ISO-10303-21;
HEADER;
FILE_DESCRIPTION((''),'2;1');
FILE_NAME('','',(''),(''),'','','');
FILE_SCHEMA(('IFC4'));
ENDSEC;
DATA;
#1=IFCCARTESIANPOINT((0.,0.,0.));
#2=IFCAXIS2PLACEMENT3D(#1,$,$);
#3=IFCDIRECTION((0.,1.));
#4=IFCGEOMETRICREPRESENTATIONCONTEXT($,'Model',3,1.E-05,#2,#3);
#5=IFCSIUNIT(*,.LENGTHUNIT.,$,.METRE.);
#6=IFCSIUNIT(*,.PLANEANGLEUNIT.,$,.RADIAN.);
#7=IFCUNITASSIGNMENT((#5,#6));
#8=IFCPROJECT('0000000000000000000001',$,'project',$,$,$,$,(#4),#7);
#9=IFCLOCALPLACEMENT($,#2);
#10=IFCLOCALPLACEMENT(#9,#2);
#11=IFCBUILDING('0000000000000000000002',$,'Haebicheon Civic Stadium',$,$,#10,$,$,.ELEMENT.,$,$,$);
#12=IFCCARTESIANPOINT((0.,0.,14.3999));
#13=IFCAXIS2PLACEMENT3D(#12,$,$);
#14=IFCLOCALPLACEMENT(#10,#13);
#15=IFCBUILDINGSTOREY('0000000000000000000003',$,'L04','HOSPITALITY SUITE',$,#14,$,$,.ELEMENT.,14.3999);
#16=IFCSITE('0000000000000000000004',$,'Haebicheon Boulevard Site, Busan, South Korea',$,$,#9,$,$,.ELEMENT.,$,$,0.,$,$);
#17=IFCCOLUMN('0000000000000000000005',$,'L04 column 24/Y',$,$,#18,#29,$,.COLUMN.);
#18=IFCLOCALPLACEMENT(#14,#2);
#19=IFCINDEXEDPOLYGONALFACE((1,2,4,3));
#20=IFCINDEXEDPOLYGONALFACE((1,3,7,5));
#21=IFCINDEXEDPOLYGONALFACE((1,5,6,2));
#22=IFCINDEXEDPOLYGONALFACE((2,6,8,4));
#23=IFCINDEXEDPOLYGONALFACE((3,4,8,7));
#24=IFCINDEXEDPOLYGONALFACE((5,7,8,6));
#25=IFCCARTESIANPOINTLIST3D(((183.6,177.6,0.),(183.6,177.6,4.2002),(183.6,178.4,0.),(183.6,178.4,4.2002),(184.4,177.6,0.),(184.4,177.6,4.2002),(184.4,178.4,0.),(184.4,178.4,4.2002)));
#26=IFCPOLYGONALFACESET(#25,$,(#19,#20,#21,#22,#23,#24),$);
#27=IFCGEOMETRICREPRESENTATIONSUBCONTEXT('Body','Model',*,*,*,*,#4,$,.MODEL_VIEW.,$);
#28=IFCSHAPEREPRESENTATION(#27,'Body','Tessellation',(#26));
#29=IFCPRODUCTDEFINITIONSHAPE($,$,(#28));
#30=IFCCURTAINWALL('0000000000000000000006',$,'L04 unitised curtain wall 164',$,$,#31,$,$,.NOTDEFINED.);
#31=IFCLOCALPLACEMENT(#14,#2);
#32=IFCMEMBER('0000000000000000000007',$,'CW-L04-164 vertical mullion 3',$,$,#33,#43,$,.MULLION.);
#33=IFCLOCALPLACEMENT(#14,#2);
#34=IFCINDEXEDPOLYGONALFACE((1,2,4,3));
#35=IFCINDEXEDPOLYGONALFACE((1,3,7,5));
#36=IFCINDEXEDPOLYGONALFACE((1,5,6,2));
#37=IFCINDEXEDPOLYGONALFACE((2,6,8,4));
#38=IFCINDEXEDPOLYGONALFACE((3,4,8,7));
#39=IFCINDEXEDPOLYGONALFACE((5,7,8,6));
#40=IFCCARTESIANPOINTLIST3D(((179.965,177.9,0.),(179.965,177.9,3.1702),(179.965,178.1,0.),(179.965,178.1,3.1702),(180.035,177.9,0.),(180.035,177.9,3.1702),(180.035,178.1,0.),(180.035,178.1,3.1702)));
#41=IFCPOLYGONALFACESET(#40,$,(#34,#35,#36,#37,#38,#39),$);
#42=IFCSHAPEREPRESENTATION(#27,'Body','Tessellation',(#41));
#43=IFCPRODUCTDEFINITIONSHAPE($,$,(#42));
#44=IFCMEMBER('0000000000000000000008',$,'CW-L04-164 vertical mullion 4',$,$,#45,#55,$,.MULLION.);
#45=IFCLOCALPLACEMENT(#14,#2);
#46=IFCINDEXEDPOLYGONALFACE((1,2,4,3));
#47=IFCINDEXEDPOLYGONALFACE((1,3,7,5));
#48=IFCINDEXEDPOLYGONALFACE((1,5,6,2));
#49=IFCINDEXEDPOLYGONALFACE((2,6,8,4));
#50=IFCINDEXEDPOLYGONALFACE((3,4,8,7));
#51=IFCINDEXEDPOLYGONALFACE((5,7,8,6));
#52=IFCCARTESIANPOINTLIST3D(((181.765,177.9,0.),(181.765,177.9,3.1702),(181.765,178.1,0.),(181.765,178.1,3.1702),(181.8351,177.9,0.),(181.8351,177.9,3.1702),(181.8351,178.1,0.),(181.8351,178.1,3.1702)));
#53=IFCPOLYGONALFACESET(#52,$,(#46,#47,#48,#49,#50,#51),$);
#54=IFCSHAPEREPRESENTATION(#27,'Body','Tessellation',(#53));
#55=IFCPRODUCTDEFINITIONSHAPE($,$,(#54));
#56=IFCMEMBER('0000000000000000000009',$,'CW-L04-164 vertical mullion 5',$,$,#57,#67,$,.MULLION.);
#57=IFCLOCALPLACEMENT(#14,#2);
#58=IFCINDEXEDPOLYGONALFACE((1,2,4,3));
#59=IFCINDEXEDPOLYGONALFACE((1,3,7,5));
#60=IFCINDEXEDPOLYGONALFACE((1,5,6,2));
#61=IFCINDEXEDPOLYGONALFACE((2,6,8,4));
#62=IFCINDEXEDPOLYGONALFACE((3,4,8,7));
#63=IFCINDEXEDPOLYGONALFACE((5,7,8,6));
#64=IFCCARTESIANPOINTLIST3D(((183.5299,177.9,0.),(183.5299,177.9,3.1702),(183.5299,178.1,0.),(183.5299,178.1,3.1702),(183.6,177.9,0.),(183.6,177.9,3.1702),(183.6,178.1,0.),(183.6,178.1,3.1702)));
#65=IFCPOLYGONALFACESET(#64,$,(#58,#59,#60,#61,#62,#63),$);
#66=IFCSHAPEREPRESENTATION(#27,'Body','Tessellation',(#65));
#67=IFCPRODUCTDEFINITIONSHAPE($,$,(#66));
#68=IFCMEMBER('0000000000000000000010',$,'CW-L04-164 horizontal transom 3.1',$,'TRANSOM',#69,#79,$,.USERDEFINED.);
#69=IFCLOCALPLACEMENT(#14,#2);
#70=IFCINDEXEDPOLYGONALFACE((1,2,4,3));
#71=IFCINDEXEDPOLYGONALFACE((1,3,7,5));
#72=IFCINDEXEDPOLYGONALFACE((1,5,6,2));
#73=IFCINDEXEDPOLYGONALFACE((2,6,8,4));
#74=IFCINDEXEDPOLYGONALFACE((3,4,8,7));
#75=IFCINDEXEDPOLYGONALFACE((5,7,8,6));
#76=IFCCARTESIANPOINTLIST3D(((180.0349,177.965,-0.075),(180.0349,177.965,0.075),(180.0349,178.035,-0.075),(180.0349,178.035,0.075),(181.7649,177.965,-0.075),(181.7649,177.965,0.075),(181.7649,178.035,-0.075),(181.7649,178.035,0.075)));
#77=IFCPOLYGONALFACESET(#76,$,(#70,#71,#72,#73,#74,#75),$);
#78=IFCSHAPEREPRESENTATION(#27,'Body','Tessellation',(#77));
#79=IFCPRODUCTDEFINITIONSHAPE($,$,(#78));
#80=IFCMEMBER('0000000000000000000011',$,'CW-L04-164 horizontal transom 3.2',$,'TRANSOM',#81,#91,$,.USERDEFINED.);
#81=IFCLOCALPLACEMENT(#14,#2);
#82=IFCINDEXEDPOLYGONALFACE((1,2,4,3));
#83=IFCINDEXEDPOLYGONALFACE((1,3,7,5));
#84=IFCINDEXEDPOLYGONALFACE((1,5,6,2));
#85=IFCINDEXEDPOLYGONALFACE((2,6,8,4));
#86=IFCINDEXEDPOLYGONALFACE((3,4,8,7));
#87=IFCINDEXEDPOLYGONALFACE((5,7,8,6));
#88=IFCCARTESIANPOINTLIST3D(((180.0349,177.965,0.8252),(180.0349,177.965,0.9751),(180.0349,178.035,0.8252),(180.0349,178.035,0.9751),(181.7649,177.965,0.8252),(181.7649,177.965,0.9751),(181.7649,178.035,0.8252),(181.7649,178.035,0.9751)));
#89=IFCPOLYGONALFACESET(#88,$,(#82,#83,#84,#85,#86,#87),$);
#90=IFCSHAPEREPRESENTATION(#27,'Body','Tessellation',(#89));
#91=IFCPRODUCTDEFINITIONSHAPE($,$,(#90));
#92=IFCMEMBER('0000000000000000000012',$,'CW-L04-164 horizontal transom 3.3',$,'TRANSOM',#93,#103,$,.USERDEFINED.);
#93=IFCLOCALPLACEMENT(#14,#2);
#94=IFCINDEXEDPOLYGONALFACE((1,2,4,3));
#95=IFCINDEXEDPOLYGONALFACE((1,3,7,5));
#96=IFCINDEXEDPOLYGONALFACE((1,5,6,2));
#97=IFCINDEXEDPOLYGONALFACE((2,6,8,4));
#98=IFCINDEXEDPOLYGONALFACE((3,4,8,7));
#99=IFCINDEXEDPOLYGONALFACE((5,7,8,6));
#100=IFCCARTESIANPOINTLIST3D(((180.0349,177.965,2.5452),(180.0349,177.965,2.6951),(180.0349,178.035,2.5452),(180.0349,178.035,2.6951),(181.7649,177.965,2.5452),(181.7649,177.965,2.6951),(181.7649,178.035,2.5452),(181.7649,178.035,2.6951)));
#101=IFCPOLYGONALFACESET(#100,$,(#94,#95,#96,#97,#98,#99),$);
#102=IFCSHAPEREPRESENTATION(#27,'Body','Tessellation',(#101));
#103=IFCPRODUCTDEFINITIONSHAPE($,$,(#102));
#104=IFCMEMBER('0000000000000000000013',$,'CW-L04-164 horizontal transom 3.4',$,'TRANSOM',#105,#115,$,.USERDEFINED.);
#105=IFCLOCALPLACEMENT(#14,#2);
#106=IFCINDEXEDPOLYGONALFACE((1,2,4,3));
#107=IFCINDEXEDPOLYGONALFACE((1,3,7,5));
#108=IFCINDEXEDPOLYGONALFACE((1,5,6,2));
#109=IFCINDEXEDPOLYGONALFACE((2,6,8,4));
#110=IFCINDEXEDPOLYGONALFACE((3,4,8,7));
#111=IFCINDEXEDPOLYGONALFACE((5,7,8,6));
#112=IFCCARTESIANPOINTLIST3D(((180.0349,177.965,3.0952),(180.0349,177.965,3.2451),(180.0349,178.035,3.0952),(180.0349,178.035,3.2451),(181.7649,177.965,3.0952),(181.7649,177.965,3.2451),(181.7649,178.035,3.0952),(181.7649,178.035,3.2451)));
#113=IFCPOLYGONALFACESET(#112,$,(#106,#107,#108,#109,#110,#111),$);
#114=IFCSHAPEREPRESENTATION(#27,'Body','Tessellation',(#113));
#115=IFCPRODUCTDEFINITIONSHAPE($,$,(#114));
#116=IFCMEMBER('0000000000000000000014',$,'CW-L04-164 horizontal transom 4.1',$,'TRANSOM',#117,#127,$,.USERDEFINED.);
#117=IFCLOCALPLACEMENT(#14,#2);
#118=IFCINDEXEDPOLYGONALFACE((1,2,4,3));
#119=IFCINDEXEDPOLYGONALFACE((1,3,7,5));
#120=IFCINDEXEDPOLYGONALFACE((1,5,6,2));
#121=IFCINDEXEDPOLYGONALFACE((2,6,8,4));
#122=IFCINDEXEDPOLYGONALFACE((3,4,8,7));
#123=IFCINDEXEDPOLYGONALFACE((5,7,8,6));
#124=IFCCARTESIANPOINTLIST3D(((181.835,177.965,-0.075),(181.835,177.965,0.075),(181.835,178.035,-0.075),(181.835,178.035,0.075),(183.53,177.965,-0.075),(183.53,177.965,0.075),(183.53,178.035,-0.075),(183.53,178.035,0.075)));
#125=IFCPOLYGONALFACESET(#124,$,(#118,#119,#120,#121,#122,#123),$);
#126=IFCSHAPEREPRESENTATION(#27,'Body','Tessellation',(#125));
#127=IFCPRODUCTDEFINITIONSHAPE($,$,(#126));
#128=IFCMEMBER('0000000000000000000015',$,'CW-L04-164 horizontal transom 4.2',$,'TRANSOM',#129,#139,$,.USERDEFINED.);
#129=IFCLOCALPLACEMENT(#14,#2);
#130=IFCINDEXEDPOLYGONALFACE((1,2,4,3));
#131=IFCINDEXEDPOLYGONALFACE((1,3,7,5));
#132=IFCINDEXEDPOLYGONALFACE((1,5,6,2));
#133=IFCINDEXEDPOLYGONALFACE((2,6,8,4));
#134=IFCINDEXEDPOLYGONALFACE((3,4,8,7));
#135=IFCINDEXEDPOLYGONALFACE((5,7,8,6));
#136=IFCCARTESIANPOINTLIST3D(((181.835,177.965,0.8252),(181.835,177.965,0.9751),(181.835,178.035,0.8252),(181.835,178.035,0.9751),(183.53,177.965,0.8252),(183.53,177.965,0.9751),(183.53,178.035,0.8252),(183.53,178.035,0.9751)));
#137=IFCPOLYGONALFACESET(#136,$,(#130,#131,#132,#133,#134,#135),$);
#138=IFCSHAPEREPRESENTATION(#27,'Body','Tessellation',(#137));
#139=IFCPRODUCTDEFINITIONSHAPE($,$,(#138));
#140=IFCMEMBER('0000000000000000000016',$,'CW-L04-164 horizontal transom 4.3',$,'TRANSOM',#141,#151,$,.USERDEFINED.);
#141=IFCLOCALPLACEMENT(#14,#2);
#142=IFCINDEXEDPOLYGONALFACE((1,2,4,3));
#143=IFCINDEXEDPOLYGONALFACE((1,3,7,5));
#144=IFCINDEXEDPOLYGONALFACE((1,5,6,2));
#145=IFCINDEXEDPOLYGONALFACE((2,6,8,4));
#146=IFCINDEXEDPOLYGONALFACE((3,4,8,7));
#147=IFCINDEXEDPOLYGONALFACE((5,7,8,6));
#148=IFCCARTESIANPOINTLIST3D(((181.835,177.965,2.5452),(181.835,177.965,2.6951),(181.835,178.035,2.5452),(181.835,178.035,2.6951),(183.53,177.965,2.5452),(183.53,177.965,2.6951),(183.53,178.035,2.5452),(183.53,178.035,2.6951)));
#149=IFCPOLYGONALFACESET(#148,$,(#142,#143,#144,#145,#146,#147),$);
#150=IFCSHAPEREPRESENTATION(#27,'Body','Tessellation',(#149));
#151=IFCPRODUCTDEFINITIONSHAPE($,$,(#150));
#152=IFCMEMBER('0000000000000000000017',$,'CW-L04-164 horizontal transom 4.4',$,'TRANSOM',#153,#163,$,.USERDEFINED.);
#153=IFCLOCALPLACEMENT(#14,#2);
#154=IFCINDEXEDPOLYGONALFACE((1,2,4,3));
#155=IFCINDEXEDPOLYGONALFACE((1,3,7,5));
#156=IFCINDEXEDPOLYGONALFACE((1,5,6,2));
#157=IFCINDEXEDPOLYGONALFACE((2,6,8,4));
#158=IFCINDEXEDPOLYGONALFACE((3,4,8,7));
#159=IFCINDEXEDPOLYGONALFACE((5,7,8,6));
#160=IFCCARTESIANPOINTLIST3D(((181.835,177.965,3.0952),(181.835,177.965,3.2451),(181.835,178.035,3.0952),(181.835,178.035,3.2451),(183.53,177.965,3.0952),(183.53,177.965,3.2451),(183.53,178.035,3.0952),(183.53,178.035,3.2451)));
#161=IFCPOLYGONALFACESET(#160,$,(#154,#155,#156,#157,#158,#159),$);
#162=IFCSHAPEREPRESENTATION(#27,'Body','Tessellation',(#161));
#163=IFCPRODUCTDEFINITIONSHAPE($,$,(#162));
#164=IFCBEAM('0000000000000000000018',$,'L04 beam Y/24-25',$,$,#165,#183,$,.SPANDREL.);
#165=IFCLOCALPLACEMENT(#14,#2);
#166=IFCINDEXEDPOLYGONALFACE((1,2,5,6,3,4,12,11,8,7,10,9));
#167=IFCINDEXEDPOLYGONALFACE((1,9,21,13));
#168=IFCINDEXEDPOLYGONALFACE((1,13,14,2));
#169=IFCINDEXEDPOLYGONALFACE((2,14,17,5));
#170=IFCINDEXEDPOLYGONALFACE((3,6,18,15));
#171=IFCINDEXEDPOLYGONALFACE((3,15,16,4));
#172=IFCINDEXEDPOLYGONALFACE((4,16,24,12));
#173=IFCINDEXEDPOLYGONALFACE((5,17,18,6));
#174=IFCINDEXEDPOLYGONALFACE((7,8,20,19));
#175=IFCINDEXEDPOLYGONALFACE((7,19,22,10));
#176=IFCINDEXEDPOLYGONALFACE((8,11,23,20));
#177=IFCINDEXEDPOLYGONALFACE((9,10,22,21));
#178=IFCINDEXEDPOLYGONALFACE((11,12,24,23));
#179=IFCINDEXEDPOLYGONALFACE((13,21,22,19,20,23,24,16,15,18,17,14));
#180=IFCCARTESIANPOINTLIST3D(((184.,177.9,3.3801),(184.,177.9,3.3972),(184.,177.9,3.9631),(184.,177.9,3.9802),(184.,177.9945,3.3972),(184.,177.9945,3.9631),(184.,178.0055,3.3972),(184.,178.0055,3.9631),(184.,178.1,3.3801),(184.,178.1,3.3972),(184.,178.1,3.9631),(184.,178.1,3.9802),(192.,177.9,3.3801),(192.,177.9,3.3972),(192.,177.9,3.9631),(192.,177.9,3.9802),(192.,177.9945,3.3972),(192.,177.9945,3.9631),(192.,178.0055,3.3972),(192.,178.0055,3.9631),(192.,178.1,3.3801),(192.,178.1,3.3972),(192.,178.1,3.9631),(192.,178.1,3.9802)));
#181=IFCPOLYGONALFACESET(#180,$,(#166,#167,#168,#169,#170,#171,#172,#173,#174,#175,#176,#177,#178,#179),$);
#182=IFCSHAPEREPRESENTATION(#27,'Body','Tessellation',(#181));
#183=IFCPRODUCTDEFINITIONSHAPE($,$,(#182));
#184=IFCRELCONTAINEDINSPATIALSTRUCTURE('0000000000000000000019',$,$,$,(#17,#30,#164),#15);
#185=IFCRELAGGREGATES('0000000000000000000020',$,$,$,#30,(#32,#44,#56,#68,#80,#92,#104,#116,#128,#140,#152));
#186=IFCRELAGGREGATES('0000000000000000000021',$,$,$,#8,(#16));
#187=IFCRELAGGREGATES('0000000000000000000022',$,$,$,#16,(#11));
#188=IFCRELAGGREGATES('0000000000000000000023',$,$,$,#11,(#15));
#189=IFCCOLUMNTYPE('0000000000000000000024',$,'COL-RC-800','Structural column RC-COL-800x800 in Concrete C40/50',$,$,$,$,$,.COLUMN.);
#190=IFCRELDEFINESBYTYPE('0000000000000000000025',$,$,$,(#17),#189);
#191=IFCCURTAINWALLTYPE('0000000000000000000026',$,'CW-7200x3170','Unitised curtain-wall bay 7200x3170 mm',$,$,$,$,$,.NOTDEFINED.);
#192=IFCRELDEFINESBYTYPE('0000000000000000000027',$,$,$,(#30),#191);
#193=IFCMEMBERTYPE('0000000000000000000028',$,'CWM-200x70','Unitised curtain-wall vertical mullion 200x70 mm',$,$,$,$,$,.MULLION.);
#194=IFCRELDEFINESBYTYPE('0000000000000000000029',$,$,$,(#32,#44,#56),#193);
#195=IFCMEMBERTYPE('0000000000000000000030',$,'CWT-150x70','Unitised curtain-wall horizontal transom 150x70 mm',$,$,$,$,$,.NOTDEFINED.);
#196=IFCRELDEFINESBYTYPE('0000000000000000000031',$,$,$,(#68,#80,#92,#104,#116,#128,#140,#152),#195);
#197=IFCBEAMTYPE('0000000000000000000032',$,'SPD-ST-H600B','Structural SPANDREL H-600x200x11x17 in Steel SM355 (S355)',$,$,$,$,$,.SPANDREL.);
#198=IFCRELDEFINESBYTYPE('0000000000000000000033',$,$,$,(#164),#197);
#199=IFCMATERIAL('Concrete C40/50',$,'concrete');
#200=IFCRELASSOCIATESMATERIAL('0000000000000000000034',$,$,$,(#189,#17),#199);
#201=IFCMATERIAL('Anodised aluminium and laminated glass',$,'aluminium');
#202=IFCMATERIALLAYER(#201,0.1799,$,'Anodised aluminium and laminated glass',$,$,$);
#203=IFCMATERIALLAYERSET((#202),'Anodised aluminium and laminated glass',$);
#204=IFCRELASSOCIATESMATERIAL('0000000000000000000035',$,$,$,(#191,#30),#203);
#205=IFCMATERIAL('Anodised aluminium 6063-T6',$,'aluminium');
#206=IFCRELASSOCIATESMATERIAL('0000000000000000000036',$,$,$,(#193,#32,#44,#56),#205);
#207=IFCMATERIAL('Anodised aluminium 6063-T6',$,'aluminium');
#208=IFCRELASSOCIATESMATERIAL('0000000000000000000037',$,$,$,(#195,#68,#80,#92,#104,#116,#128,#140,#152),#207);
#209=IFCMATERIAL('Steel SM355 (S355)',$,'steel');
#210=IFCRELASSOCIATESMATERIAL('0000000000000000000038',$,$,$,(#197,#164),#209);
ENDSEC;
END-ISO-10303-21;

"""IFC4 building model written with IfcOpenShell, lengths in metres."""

from ifc_helpers import new_model, si_unit, direction, frame, origin, origin_2d, place, context, subcontext, project, spatial, rectangle, i_section, extrude, material, layer, layer_set, material_profile, profile_set, type_object, element, aggregate, save


model = new_model("IFC4")

# Units and contexts
model_context = context("Model", 3, precision=1e-05, world=origin(), true_north=direction((0.0, 1.0)))
body_context = subcontext(model_context, "Body", "Model", "MODEL_VIEW")
ifc_project = project(units=[si_unit("LENGTHUNIT", "METRE"), si_unit("PLANEANGLEUNIT", "RADIAN")], contexts=[model_context])

# Site, building, storey
site_placement = place(None, origin())
site = spatial("IfcSite", under=ifc_project, at=site_placement, Name="Haebicheon Boulevard Site, Busan, South Korea", CompositionType="ELEMENT", RefElevation=0.0)
building_placement = place(site_placement, origin())
building = spatial("IfcBuilding", under=site, at=building_placement, Name="Haebicheon Civic Stadium", CompositionType="ELEMENT")
storey_placement = place(building_placement, frame((0.0, 0.0, 14.3999)))
storey = spatial("IfcBuildingStorey", under=building, at=storey_placement, Name="L04", Description="HOSPITALITY SUITE", CompositionType="ELEMENT", Elevation=14.3999)

# Column
ifc_material_1 = material(Name="Concrete C40/50", Category="concrete")
ifc_material_profile_1 = material_profile(ifc_material_1, rectangle(XDim=0.8, YDim=0.8, at=origin_2d()), Name="RC-COL-800x800")
ifc_profile_set_1 = profile_set([ifc_material_profile_1], Name="Concrete C40/50")
column_type = type_object("IfcColumnType", Name="COL-RC-800", Description="Structural column RC-COL-800x800 in Concrete C40/50", PredefinedType="COLUMN", material=ifc_profile_set_1)
column_placement = place(storey_placement, frame((184.0, 178.0, 0.0), z_axis=(0.0, 0.0, 1.0), x_axis=(1.0, 0.0, 0.0)))
element("IfcColumn", 1, at=column_placement, inside=storey, type_object=column_type, material=ifc_profile_set_1, Name="L04 column 24/Y", PredefinedType="COLUMN", context=body_context, shape_type="SweptSolid", body=[
    extrude(rectangle(XDim=0.8, YDim=0.8, at=origin_2d()), origin(), (0.0, 0.0, 1.0), 4.2002),
])

# Curtain wall, members
ifc_material_2 = material(Name="Anodised aluminium and laminated glass", Category="aluminium")
ifc_layer_1 = layer(ifc_material_2, 0.1799, Name="Anodised aluminium and laminated glass")
ifc_layer_set_1 = layer_set([ifc_layer_1], Name="Anodised aluminium and laminated glass")
curtain_wall_type = type_object("IfcCurtainWallType", Name="CW-7200x3170", Description="Unitised curtain-wall bay 7200x3170 mm", PredefinedType="NOTDEFINED", material=ifc_layer_set_1)
curtain_wall_placement = place(storey_placement, origin())
curtain_wall = element("IfcCurtainWall", 2, at=curtain_wall_placement, inside=storey, type_object=curtain_wall_type, material=ifc_layer_set_1, Name="L04 unitised curtain wall 164", PredefinedType="NOTDEFINED")
ifc_material_3 = material(Name="Anodised aluminium 6063-T6", Category="aluminium")
ifc_material_profile_2 = material_profile(ifc_material_3, rectangle(XDim=0.0701, YDim=0.2, at=origin_2d()), Name="ALU-MULL-70x200")
ifc_profile_set_2 = profile_set([ifc_material_profile_2], Name="Anodised aluminium 6063-T6")
member_type_1 = type_object("IfcMemberType", Name="CWM-200x70", Description="Unitised curtain-wall vertical mullion 200x70 mm", PredefinedType="MULLION", material=ifc_profile_set_2)
member_1_placement = place(storey_placement, frame((180.0, 178.0, 0.0), z_axis=(0.0, 0.0, 1.0), x_axis=(1.0, 0.0, 0.0)))
member_1 = element("IfcMember", 3, at=member_1_placement, type_object=member_type_1, material=ifc_profile_set_2, Name="CW-L04-164 vertical mullion 3", PredefinedType="MULLION", context=body_context, shape_type="SweptSolid", body=[
    extrude(rectangle(XDim=0.0701, YDim=0.2, at=origin_2d()), origin(), (0.0, 0.0, 1.0), 3.1702),
])
member_2_placement = place(storey_placement, frame((181.8, 178.0, 0.0), z_axis=(0.0, 0.0, 1.0), x_axis=(1.0, 0.0, 0.0)))
member_2 = element("IfcMember", 4, at=member_2_placement, type_object=member_type_1, material=ifc_profile_set_2, Name="CW-L04-164 vertical mullion 4", PredefinedType="MULLION", context=body_context, shape_type="SweptSolid", body=[
    extrude(rectangle(XDim=0.0701, YDim=0.2, at=origin_2d()), origin(), (0.0, 0.0, 1.0), 3.1702),
])
member_3_placement = place(storey_placement, frame((183.5649, 178.0, 0.0), z_axis=(0.0, 0.0, 1.0), x_axis=(1.0, 0.0, 0.0)))
member_3 = element("IfcMember", 5, at=member_3_placement, type_object=member_type_1, material=ifc_profile_set_2, Name="CW-L04-164 vertical mullion 5", PredefinedType="MULLION", context=body_context, shape_type="SweptSolid", body=[
    extrude(rectangle(XDim=0.0701, YDim=0.2, at=origin_2d()), origin(), (0.0, 0.0, 1.0), 3.1702),
])
ifc_material_4 = material(Name="Anodised aluminium 6063-T6", Category="aluminium")
ifc_material_profile_3 = material_profile(ifc_material_4, rectangle(XDim=0.0701, YDim=0.1499, at=origin_2d()), Name="ALU-TRAN-70x150")
ifc_profile_set_3 = profile_set([ifc_material_profile_3], Name="Anodised aluminium 6063-T6")
member_type_2 = type_object("IfcMemberType", Name="CWT-150x70", Description="Unitised curtain-wall horizontal transom 150x70 mm", PredefinedType="NOTDEFINED", material=ifc_profile_set_3)
member_4_placement = place(storey_placement, frame((180.0349, 178.0, 0.0), z_axis=(1.0, 0.0, 0.0), x_axis=(0.0, 1.0, 0.0)))
member_4 = element("IfcMember", 6, at=member_4_placement, type_object=member_type_2, material=ifc_profile_set_3, Name="CW-L04-164 horizontal transom 3.1", ObjectType="TRANSOM", PredefinedType="USERDEFINED", context=body_context, shape_type="SweptSolid", body=[
    extrude(rectangle(XDim=0.0701, YDim=0.1499, at=origin_2d()), origin(), (0.0, 0.0, 1.0), 1.73),
])
member_5_placement = place(storey_placement, frame((180.0349, 178.0, 0.9001), z_axis=(1.0, 0.0, 0.0), x_axis=(0.0, 1.0, 0.0)))
member_5 = element("IfcMember", 7, at=member_5_placement, type_object=member_type_2, material=ifc_profile_set_3, Name="CW-L04-164 horizontal transom 3.2", ObjectType="TRANSOM", PredefinedType="USERDEFINED", context=body_context, shape_type="SweptSolid", body=[
    extrude(rectangle(XDim=0.0701, YDim=0.1499, at=origin_2d()), origin(), (0.0, 0.0, 1.0), 1.73),
])
member_6_placement = place(storey_placement, frame((180.0349, 178.0, 2.6201), z_axis=(1.0, 0.0, 0.0), x_axis=(0.0, 1.0, 0.0)))
member_6 = element("IfcMember", 8, at=member_6_placement, type_object=member_type_2, material=ifc_profile_set_3, Name="CW-L04-164 horizontal transom 3.3", ObjectType="TRANSOM", PredefinedType="USERDEFINED", context=body_context, shape_type="SweptSolid", body=[
    extrude(rectangle(XDim=0.0701, YDim=0.1499, at=origin_2d()), origin(), (0.0, 0.0, 1.0), 1.73),
])
member_7_placement = place(storey_placement, frame((180.0349, 178.0, 3.1702), z_axis=(1.0, 0.0, 0.0), x_axis=(0.0, 1.0, 0.0)))
member_7 = element("IfcMember", 9, at=member_7_placement, type_object=member_type_2, material=ifc_profile_set_3, Name="CW-L04-164 horizontal transom 3.4", ObjectType="TRANSOM", PredefinedType="USERDEFINED", context=body_context, shape_type="SweptSolid", body=[
    extrude(rectangle(XDim=0.0701, YDim=0.1499, at=origin_2d()), origin(), (0.0, 0.0, 1.0), 1.73),
])
member_8_placement = place(storey_placement, frame((181.835, 178.0, 0.0), z_axis=(1.0, 0.0, 0.0), x_axis=(0.0, 1.0, 0.0)))
member_8 = element("IfcMember", 10, at=member_8_placement, type_object=member_type_2, material=ifc_profile_set_3, Name="CW-L04-164 horizontal transom 4.1", ObjectType="TRANSOM", PredefinedType="USERDEFINED", context=body_context, shape_type="SweptSolid", body=[
    extrude(rectangle(XDim=0.0701, YDim=0.1499, at=origin_2d()), origin(), (0.0, 0.0, 1.0), 1.6951),
])
member_9_placement = place(storey_placement, frame((181.835, 178.0, 0.9001), z_axis=(1.0, 0.0, 0.0), x_axis=(0.0, 1.0, 0.0)))
member_9 = element("IfcMember", 11, at=member_9_placement, type_object=member_type_2, material=ifc_profile_set_3, Name="CW-L04-164 horizontal transom 4.2", ObjectType="TRANSOM", PredefinedType="USERDEFINED", context=body_context, shape_type="SweptSolid", body=[
    extrude(rectangle(XDim=0.0701, YDim=0.1499, at=origin_2d()), origin(), (0.0, 0.0, 1.0), 1.6951),
])
member_10_placement = place(storey_placement, frame((181.835, 178.0, 2.6201), z_axis=(1.0, 0.0, 0.0), x_axis=(0.0, 1.0, 0.0)))
member_10 = element("IfcMember", 12, at=member_10_placement, type_object=member_type_2, material=ifc_profile_set_3, Name="CW-L04-164 horizontal transom 4.3", ObjectType="TRANSOM", PredefinedType="USERDEFINED", context=body_context, shape_type="SweptSolid", body=[
    extrude(rectangle(XDim=0.0701, YDim=0.1499, at=origin_2d()), origin(), (0.0, 0.0, 1.0), 1.6951),
])
member_11_placement = place(storey_placement, frame((181.835, 178.0, 3.1702), z_axis=(1.0, 0.0, 0.0), x_axis=(0.0, 1.0, 0.0)))
member_11 = element("IfcMember", 13, at=member_11_placement, type_object=member_type_2, material=ifc_profile_set_3, Name="CW-L04-164 horizontal transom 4.4", ObjectType="TRANSOM", PredefinedType="USERDEFINED", context=body_context, shape_type="SweptSolid", body=[
    extrude(rectangle(XDim=0.0701, YDim=0.1499, at=origin_2d()), origin(), (0.0, 0.0, 1.0), 1.6951),
])

# Beam
ifc_material_5 = material(Name="Steel SM355 (S355)", Category="steel")
ifc_material_profile_4 = material_profile(ifc_material_5, i_section(OverallWidth=0.2, OverallDepth=0.6001, WebThickness=0.011, FlangeThickness=0.0171, at=origin_2d()), Name="H-600x200x11x17")
ifc_profile_set_4 = profile_set([ifc_material_profile_4], Name="Steel SM355 (S355)")
beam_type = type_object("IfcBeamType", Name="SPD-ST-H600B", Description="Structural SPANDREL H-600x200x11x17 in Steel SM355 (S355)", PredefinedType="SPANDREL", material=ifc_profile_set_4)
beam_placement = place(storey_placement, frame((184.0, 178.0, 3.6802), z_axis=(1.0, 0.0, 0.0), x_axis=(0.0, 1.0, 0.0)))
element("IfcBeam", 14, at=beam_placement, inside=storey, type_object=beam_type, material=ifc_profile_set_4, Name="L04 beam Y/24-25", PredefinedType="SPANDREL", context=body_context, shape_type="SweptSolid", body=[
    extrude(i_section(OverallWidth=0.2, OverallDepth=0.6001, WebThickness=0.011, FlangeThickness=0.0171, at=origin_2d()), origin(), (0.0, 0.0, 1.0), 8.0),
])

aggregate(curtain_wall, [member_1, member_2, member_3, member_4, member_5, member_6, member_7, member_8, member_9, member_10, member_11])

save(model, "model.ifc")
